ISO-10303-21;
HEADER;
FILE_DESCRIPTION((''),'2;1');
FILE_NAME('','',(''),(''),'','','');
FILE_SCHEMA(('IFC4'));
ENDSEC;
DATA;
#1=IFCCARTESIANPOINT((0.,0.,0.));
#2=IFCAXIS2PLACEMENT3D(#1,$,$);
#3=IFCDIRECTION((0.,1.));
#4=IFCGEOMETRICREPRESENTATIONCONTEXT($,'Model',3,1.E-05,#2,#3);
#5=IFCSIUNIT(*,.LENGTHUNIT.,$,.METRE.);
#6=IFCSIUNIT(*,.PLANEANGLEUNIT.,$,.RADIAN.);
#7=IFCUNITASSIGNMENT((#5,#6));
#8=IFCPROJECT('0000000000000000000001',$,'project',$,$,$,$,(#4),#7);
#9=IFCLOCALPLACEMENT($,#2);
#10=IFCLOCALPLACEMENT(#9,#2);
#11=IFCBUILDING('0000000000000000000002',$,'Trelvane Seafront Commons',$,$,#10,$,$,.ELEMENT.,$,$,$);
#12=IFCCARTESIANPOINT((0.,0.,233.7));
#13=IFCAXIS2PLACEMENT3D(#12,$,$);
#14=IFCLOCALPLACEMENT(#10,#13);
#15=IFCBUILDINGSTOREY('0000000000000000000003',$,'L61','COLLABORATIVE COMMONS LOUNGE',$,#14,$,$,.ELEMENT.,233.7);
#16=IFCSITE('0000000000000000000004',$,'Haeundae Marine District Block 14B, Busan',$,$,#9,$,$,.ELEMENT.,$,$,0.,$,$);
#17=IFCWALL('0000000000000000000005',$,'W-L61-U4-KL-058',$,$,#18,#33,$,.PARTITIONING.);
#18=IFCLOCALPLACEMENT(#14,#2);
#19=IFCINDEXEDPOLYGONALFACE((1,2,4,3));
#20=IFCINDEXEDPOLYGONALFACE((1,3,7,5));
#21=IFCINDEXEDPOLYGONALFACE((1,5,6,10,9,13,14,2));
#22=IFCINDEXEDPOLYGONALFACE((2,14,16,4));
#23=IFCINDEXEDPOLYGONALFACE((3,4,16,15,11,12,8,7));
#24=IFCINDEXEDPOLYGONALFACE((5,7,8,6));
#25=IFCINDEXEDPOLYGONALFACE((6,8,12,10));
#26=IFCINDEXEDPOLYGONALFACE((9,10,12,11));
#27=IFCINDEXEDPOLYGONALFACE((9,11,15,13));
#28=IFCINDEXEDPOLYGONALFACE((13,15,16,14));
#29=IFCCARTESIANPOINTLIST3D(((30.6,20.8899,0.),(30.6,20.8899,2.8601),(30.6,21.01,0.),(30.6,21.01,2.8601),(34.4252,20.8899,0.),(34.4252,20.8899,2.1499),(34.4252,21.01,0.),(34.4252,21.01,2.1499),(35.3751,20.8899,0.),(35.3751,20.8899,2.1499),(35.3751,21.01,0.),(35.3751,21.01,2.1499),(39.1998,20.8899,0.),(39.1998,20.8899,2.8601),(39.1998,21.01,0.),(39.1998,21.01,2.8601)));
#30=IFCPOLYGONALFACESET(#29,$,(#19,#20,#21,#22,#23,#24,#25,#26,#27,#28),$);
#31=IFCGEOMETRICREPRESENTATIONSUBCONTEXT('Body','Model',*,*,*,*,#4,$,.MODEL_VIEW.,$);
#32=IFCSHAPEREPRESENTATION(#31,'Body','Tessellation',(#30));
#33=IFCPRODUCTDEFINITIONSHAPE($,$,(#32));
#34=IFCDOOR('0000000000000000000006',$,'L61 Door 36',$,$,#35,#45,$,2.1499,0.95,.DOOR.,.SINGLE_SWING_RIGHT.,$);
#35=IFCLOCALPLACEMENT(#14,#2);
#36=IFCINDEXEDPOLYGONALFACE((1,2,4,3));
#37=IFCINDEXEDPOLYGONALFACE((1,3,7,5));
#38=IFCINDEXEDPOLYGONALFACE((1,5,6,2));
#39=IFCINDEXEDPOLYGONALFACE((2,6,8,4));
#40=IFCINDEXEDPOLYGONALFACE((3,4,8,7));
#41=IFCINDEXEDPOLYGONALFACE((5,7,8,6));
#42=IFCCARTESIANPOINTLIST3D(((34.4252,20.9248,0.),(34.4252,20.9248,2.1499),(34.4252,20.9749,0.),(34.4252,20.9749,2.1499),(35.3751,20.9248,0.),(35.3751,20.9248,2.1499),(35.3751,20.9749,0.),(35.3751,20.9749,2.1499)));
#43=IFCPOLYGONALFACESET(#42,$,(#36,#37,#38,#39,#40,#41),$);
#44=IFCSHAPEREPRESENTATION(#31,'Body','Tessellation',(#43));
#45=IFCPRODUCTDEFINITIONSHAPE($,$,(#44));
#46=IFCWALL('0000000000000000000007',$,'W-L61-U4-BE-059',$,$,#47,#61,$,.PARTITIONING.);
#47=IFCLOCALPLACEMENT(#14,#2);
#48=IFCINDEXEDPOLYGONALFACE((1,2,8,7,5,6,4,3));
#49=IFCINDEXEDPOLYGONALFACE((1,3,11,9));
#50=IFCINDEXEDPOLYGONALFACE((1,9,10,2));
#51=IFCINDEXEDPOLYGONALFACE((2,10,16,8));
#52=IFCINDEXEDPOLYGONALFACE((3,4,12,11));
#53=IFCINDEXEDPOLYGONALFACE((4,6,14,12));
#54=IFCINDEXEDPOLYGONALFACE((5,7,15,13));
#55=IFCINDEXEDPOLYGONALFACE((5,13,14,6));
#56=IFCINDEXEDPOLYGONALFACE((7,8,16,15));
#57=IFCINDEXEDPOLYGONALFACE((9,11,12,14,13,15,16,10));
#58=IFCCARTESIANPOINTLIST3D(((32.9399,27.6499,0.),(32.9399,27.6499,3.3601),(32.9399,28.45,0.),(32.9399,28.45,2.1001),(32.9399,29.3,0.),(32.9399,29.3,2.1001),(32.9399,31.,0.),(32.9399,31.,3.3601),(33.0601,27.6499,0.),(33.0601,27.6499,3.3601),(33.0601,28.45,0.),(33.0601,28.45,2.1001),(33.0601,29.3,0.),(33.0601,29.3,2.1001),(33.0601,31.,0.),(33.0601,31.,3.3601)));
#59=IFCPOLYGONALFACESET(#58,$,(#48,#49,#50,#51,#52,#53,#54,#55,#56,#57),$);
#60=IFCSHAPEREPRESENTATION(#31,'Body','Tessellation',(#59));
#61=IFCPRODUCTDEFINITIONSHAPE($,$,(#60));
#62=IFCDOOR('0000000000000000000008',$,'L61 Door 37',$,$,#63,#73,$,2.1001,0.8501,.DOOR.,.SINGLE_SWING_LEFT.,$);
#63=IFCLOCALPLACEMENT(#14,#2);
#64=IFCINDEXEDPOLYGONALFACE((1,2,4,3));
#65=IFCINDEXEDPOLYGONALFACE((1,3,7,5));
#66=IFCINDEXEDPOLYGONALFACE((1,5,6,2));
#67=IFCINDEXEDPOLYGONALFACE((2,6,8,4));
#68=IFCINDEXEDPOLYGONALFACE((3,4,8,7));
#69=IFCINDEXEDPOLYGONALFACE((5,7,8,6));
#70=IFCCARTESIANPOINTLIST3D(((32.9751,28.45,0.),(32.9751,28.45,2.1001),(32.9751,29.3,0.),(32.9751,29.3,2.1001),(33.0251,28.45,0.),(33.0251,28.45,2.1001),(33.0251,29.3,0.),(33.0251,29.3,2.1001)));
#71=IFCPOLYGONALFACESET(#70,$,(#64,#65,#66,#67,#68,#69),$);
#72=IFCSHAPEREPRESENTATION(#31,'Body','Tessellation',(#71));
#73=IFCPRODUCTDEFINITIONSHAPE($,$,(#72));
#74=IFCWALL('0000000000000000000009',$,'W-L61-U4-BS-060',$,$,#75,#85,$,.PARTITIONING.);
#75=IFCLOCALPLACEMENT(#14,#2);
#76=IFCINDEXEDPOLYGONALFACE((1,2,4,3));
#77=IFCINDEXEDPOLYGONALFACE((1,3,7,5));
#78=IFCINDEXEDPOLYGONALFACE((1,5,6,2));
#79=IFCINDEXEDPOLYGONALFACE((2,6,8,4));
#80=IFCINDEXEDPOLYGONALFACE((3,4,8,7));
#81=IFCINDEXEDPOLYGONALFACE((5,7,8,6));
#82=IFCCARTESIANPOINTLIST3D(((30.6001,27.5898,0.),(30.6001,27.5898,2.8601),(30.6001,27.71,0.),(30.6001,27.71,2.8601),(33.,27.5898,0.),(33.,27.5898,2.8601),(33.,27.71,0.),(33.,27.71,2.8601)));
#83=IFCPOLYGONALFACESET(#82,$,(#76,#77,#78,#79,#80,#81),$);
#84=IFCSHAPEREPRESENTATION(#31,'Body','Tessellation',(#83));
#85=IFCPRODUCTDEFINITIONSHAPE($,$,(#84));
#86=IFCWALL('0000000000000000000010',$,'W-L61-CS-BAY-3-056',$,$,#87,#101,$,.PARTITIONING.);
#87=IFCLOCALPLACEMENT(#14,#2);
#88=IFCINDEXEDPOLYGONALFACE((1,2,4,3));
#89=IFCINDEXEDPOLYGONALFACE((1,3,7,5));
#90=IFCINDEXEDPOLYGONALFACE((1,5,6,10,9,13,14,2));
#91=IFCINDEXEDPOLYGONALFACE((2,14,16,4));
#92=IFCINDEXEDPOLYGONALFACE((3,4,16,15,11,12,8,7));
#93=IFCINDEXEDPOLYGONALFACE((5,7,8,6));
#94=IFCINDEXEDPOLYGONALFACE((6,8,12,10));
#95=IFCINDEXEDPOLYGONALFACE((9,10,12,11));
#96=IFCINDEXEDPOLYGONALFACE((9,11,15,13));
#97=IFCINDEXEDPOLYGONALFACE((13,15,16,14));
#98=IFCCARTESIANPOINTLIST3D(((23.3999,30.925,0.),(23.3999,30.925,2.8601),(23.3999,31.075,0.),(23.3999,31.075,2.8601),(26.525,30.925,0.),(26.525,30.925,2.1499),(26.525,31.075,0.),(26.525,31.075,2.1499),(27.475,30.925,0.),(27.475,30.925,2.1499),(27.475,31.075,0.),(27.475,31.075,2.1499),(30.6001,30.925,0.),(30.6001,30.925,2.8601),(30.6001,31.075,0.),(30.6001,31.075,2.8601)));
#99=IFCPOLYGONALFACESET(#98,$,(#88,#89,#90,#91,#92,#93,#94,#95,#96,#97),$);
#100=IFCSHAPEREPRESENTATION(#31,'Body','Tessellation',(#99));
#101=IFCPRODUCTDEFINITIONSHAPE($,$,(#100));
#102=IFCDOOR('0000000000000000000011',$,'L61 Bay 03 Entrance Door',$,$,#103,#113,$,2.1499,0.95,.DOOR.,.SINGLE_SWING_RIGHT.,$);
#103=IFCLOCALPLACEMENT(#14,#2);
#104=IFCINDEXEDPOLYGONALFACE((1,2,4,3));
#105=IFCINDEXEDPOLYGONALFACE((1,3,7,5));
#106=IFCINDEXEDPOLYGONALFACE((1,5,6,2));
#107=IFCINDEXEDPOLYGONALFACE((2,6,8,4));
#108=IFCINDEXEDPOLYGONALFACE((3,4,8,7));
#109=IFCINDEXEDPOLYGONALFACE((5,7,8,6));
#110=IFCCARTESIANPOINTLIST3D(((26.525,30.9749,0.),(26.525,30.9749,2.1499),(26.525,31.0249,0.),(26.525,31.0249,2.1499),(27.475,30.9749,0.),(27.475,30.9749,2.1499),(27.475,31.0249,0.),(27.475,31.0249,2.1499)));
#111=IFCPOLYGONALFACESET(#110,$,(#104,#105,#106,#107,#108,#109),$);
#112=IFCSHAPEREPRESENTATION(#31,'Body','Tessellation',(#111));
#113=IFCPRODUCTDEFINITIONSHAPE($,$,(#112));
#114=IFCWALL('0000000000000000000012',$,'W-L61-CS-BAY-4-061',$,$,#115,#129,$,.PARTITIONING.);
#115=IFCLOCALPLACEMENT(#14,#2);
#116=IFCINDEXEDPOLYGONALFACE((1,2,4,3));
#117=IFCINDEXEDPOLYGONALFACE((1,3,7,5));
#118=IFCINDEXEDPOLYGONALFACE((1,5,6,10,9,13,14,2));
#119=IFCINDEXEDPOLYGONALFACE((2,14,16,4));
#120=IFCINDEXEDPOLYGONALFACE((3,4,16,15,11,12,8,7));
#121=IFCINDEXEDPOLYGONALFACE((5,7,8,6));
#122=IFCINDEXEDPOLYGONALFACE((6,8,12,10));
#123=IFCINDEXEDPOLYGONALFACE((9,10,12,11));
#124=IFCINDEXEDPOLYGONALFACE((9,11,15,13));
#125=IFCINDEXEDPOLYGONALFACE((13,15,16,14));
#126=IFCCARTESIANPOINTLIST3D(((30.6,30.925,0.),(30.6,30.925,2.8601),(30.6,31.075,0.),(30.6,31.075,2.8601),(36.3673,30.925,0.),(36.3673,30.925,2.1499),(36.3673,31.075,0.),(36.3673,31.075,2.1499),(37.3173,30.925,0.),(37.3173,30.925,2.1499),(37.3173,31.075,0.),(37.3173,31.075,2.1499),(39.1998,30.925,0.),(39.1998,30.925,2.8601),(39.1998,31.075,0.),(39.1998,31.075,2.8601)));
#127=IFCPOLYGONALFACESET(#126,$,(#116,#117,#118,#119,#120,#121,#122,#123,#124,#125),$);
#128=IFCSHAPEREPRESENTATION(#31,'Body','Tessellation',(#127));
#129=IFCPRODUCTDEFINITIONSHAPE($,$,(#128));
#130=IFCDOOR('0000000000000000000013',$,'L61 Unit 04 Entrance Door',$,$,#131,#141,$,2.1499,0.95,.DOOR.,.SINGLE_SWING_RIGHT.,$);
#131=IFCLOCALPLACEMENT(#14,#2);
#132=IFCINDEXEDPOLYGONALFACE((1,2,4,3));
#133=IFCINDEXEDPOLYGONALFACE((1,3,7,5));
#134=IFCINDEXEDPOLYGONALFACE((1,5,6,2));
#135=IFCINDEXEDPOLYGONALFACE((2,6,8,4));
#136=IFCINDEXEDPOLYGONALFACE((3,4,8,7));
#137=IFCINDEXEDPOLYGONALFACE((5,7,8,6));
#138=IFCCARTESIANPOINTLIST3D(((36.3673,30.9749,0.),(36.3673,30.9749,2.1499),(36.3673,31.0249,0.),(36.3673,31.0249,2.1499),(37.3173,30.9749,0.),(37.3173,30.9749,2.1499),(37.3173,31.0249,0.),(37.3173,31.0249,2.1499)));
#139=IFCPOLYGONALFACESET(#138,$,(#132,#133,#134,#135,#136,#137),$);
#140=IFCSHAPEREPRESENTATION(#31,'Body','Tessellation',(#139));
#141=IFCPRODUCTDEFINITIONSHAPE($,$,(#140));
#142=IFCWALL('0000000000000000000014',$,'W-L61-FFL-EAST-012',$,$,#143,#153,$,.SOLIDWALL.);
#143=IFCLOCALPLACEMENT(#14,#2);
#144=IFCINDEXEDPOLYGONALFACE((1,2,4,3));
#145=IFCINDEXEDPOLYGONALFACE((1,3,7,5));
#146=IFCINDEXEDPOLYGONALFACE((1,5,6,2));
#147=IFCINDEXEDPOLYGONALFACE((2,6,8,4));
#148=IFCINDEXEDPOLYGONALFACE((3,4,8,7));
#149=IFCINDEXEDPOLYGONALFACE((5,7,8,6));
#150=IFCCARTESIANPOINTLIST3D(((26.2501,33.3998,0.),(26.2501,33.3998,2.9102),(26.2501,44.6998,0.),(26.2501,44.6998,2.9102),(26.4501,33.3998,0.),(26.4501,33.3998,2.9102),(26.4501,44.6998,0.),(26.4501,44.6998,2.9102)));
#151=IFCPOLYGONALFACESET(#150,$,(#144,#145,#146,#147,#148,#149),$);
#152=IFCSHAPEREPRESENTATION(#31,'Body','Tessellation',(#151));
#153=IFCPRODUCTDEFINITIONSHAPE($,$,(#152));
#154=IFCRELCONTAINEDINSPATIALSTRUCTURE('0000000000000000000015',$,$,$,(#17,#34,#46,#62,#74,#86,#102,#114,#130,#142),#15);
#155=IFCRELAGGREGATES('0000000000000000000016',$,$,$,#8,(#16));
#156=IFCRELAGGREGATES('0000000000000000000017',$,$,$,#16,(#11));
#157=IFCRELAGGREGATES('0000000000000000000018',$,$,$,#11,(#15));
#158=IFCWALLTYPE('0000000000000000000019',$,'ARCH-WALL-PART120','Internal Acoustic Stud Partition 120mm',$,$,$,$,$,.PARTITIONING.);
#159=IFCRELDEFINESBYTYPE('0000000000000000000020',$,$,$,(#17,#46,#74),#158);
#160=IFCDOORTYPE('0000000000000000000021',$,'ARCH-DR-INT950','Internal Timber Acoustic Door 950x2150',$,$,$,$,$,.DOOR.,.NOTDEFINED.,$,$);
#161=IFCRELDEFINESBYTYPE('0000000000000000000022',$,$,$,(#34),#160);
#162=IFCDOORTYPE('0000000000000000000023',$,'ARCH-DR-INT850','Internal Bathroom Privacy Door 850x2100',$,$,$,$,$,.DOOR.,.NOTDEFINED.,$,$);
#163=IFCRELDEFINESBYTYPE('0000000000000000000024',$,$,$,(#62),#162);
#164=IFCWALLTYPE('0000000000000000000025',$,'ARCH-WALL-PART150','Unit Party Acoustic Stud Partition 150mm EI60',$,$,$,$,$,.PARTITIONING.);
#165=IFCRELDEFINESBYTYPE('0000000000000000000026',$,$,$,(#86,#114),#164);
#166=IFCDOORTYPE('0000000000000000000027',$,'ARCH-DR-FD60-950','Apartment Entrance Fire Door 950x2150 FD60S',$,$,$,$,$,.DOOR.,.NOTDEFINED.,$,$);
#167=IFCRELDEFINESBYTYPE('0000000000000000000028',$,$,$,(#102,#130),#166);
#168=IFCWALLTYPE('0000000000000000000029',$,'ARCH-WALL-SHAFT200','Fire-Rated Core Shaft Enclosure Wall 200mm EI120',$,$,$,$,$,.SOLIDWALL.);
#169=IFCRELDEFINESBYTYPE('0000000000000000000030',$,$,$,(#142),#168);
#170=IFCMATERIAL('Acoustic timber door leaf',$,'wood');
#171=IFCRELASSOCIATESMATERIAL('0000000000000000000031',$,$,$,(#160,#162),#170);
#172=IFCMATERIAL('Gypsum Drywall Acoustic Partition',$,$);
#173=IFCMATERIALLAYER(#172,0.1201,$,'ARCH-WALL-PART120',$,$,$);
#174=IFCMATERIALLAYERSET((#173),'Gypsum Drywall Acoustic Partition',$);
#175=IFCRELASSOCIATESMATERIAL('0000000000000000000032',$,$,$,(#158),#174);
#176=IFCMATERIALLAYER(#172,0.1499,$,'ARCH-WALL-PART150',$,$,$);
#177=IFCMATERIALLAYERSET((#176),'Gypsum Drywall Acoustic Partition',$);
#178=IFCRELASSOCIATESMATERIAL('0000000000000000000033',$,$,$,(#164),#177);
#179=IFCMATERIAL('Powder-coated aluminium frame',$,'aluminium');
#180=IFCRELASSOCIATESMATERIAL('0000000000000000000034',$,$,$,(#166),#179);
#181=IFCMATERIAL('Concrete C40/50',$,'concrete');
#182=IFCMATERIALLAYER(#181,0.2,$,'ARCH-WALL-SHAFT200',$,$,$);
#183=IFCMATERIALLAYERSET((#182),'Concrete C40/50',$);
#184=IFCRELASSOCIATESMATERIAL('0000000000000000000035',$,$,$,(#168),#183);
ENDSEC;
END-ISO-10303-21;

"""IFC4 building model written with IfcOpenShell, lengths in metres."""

from ifc_helpers import new_model, si_unit, direction, frame, frame_2d, origin, place, context, subcontext, project, spatial, rectangle, extrude, source, transform, mapped, material, layer, layer_set, type_object, element, fill, save


model = new_model("IFC4")

# Units and contexts
model_context = context("Model", 3, precision=1e-05, world=origin(), true_north=direction((0.0, 1.0)))
body_context = subcontext(model_context, "Body", "Model", "MODEL_VIEW")
ifc_project = project(units=[si_unit("LENGTHUNIT", "METRE"), si_unit("PLANEANGLEUNIT", "RADIAN")], contexts=[model_context])

# Site, building, storey
site_placement = place(None, origin())
site = spatial("IfcSite", under=ifc_project, at=site_placement, Name="Haeundae Marine District Block 14B, Busan", CompositionType="ELEMENT", RefElevation=0.0)
building_placement = place(site_placement, origin())
building = spatial("IfcBuilding", under=site, at=building_placement, Name="Trelvane Seafront Commons", CompositionType="ELEMENT")
storey_placement = place(building_placement, frame((0.0, 0.0, 233.7)))
storey = spatial("IfcBuildingStorey", under=building, at=storey_placement, Name="L61", Description="COLLABORATIVE COMMONS LOUNGE", CompositionType="ELEMENT", Elevation=233.7)

# Walls, openings, doors
ifc_material_1 = material(Name="Concrete C40/50", Category="concrete")
ifc_material_2 = material(Name="Powder-coated aluminium frame", Category="aluminium")
ifc_material_3 = material(Name="Acoustic timber door leaf", Category="wood")
door_type_1 = type_object("IfcDoorType", Name="ARCH-DR-INT950", Description="Internal Timber Acoustic Door 950x2150", OperationType="NOTDEFINED", PredefinedType="DOOR", material=ifc_material_3)
shared_shape_1 = source(origin(), body_context, "Body", "SweptSolid", [
    extrude(rectangle(XDim=0.95, YDim=2.1499, at=frame_2d((0.4751, 1.075))), frame((0.0, 0.0249, 0.0), z_axis=(0.0, -1.0, 0.0), x_axis=(1.0, 0.0, 0.0)), (0.0, 0.0, 1.0), 0.05),
])
ifc_material_4 = material(Name="Gypsum Drywall Acoustic Partition")
ifc_layer_1 = layer(ifc_material_4, 0.1201, Name="ARCH-WALL-PART120")
ifc_layer_set_1 = layer_set([ifc_layer_1], Name="Gypsum Drywall Acoustic Partition")
wall_type_1 = type_object("IfcWallType", Name="ARCH-WALL-PART120", Description="Internal Acoustic Stud Partition 120mm", PredefinedType="PARTITIONING", material=ifc_layer_set_1)
wall_1_placement = place(storey_placement, frame((30.6001, 20.95, 0.0), z_axis=(0.0, 0.0, 1.0), x_axis=(1.0, 0.0, 0.0)))
wall_1 = element("IfcWall", 1, at=wall_1_placement, inside=storey, type_object=wall_type_1, Name="W-L61-U4-KL-058", PredefinedType="PARTITIONING", context=body_context, shape_type="SweptSolid", body=[
    extrude(rectangle(XDim=8.5999, YDim=0.1201, at=frame_2d((4.2998, 0.0))), origin(), (0.0, 0.0, 1.0), 2.8601),
])
opening_1_placement = place(wall_1_placement, frame((3.825, 0.0, 0.0)))
opening_1 = element("IfcOpeningElement", 2, at=opening_1_placement, cuts=wall_1, PredefinedType="OPENING", context=body_context, shape_type="SweptSolid", body=[
    extrude(rectangle(XDim=0.95, YDim=2.1499, at=frame_2d((0.4751, 1.075))), frame((0.0, 0.0701, 0.0), z_axis=(0.0, -1.0, 0.0), x_axis=(1.0, 0.0, 0.0)), (0.0, 0.0, 1.0), 0.1401),
])
door_1_placement = place(opening_1_placement, origin())
door_1 = element("IfcDoor", 3, at=door_1_placement, inside=storey, type_object=door_type_1, Name="L61 Door 36", OperationType="SINGLE_SWING_RIGHT", OverallHeight=2.1499, OverallWidth=0.95, PredefinedType="DOOR", context=body_context, shape_type="MappedRepresentation", body=[
    mapped(shared_shape_1, transform((0.0, 0.0, 0.0), x_axis=(1.0, 0.0, 0.0), y_axis=(0.0, 1.0, 0.0), z_axis=(0.0, 0.0, 1.0), scale=1.0)),
])
fill(opening_1, door_1)
wall_2_placement = place(storey_placement, frame((33.0, 27.6499, 0.0), z_axis=(0.0, 0.0, 1.0), x_axis=(0.0, 1.0, 0.0)))
wall_2 = element("IfcWall", 4, at=wall_2_placement, inside=storey, type_object=wall_type_1, Name="W-L61-U4-BE-059", PredefinedType="PARTITIONING", context=body_context, shape_type="SweptSolid", body=[
    extrude(rectangle(XDim=3.3501, YDim=0.1201, at=frame_2d((1.675, 0.0))), origin(), (0.0, 0.0, 1.0), 3.3601),
])
opening_2_placement = place(wall_2_placement, frame((0.8, 0.0, 0.0)))
opening_2 = element("IfcOpeningElement", 5, at=opening_2_placement, cuts=wall_2, PredefinedType="OPENING", context=body_context, shape_type="SweptSolid", body=[
    extrude(rectangle(XDim=0.8501, YDim=2.1001, at=frame_2d((0.425, 1.05))), frame((0.0, 0.0701, 0.0), z_axis=(0.0, -1.0, 0.0), x_axis=(1.0, 0.0, 0.0)), (0.0, 0.0, 1.0), 0.1401),
])
door_type_2 = type_object("IfcDoorType", Name="ARCH-DR-INT850", Description="Internal Bathroom Privacy Door 850x2100", OperationType="NOTDEFINED", PredefinedType="DOOR", material=ifc_material_3)
shared_shape_2 = source(origin(), body_context, "Body", "SweptSolid", [
    extrude(rectangle(XDim=0.8501, YDim=2.1001, at=frame_2d((0.425, 1.05))), frame((0.0, 0.0249, 0.0), z_axis=(0.0, -1.0, 0.0), x_axis=(1.0, 0.0, 0.0)), (0.0, 0.0, 1.0), 0.05),
])
door_2_placement = place(opening_2_placement, origin())
door_2 = element("IfcDoor", 6, at=door_2_placement, inside=storey, type_object=door_type_2, Name="L61 Door 37", OperationType="SINGLE_SWING_LEFT", OverallHeight=2.1001, OverallWidth=0.8501, PredefinedType="DOOR", context=body_context, shape_type="MappedRepresentation", body=[
    mapped(shared_shape_2, transform((0.0, 0.0, 0.0), x_axis=(1.0, 0.0, 0.0), y_axis=(0.0, 1.0, 0.0), z_axis=(0.0, 0.0, 1.0), scale=1.0)),
])
fill(opening_2, door_2)

# Wall
wall_3_placement = place(storey_placement, frame((30.6001, 27.6499, 0.0), z_axis=(0.0, 0.0, 1.0), x_axis=(1.0, 0.0, 0.0)))
element("IfcWall", 7, at=wall_3_placement, inside=storey, type_object=wall_type_1, Name="W-L61-U4-BS-060", PredefinedType="PARTITIONING", context=body_context, shape_type="SweptSolid", body=[
    extrude(rectangle(XDim=2.3999, YDim=0.1201, at=frame_2d((1.2, 0.0))), origin(), (0.0, 0.0, 1.0), 2.8601),
])

# Walls, openings, doors
ifc_layer_2 = layer(ifc_material_4, 0.1499, Name="ARCH-WALL-PART150")
ifc_layer_set_2 = layer_set([ifc_layer_2], Name="Gypsum Drywall Acoustic Partition")
wall_type_2 = type_object("IfcWallType", Name="ARCH-WALL-PART150", Description="Unit Party Acoustic Stud Partition 150mm EI60", PredefinedType="PARTITIONING", material=ifc_layer_set_2)
wall_4_placement = place(storey_placement, frame((23.3999, 31.0, 0.0), z_axis=(0.0, 0.0, 1.0), x_axis=(1.0, 0.0, 0.0)))
wall_4 = element("IfcWall", 8, at=wall_4_placement, inside=storey, type_object=wall_type_2, Name="W-L61-CS-BAY-3-056", PredefinedType="PARTITIONING", context=body_context, shape_type="SweptSolid", body=[
    extrude(rectangle(XDim=7.2002, YDim=0.1499, at=frame_2d((3.6001, 0.0))), origin(), (0.0, 0.0, 1.0), 2.8601),
])
opening_3_placement = place(wall_4_placement, frame((3.125, 0.0, 0.0)))
opening_3 = element("IfcOpeningElement", 9, at=opening_3_placement, cuts=wall_4, PredefinedType="OPENING", context=body_context, shape_type="SweptSolid", body=[
    extrude(rectangle(XDim=0.95, YDim=2.1499, at=frame_2d((0.4751, 1.075))), frame((0.0, 0.085, 0.0), z_axis=(0.0, -1.0, 0.0), x_axis=(1.0, 0.0, 0.0)), (0.0, 0.0, 1.0), 0.1699),
])
door_type_3 = type_object("IfcDoorType", Name="ARCH-DR-FD60-950", Description="Apartment Entrance Fire Door 950x2150 FD60S", OperationType="NOTDEFINED", PredefinedType="DOOR", material=ifc_material_2)
door_3_placement = place(opening_3_placement, origin())
door_3 = element("IfcDoor", 10, at=door_3_placement, inside=storey, type_object=door_type_3, Name="L61 Bay 03 Entrance Door", OperationType="SINGLE_SWING_RIGHT", OverallHeight=2.1499, OverallWidth=0.95, PredefinedType="DOOR", context=body_context, shape_type="MappedRepresentation", body=[
    mapped(shared_shape_1, transform((0.0, 0.0, 0.0), x_axis=(1.0, 0.0, 0.0), y_axis=(0.0, 1.0, 0.0), z_axis=(0.0, 0.0, 1.0), scale=1.0)),
])
fill(opening_3, door_3)
wall_5_placement = place(storey_placement, frame((30.6001, 31.0, 0.0), z_axis=(0.0, 0.0, 1.0), x_axis=(1.0, 0.0, 0.0)))
wall_5 = element("IfcWall", 11, at=wall_5_placement, inside=storey, type_object=wall_type_2, Name="W-L61-CS-BAY-4-061", PredefinedType="PARTITIONING", context=body_context, shape_type="SweptSolid", body=[
    extrude(rectangle(XDim=8.5999, YDim=0.1499, at=frame_2d((4.2998, 0.0))), origin(), (0.0, 0.0, 1.0), 2.8601),
])
opening_4_placement = place(wall_5_placement, frame((5.7671, 0.0, 0.0)))
opening_4 = element("IfcOpeningElement", 12, at=opening_4_placement, cuts=wall_5, PredefinedType="OPENING", context=body_context, shape_type="SweptSolid", body=[
    extrude(rectangle(XDim=0.95, YDim=2.1499, at=frame_2d((0.4751, 1.075))), frame((0.0, 0.085, 0.0), z_axis=(0.0, -1.0, 0.0), x_axis=(1.0, 0.0, 0.0)), (0.0, 0.0, 1.0), 0.1699),
])
door_4_placement = place(opening_4_placement, origin())
door_4 = element("IfcDoor", 13, at=door_4_placement, inside=storey, type_object=door_type_3, Name="L61 Unit 04 Entrance Door", OperationType="SINGLE_SWING_RIGHT", OverallHeight=2.1499, OverallWidth=0.95, PredefinedType="DOOR", context=body_context, shape_type="MappedRepresentation", body=[
    mapped(shared_shape_1, transform((0.0, 0.0, 0.0), x_axis=(1.0, 0.0, 0.0), y_axis=(0.0, 1.0, 0.0), z_axis=(0.0, 0.0, 1.0), scale=1.0)),
])
fill(opening_4, door_4)

# Wall
ifc_layer_3 = layer(ifc_material_1, 0.2, Name="ARCH-WALL-SHAFT200")
ifc_layer_set_3 = layer_set([ifc_layer_3], Name="Concrete C40/50")
wall_type_3 = type_object("IfcWallType", Name="ARCH-WALL-SHAFT200", Description="Fire-Rated Core Shaft Enclosure Wall 200mm EI120", PredefinedType="SOLIDWALL", material=ifc_layer_set_3)
wall_6_placement = place(storey_placement, frame((26.3501, 33.3999, 0.0), z_axis=(0.0, 0.0, 1.0), x_axis=(0.0, 1.0, 0.0)))
element("IfcWall", 14, at=wall_6_placement, inside=storey, type_object=wall_type_3, Name="W-L61-FFL-EAST-012", PredefinedType="SOLIDWALL", context=body_context, shape_type="SweptSolid", body=[
    extrude(rectangle(XDim=11.3, YDim=0.2, at=frame_2d((5.6499, 0.0))), origin(), (0.0, 0.0, 1.0), 2.9102),
])

save(model, "model.ifc")
